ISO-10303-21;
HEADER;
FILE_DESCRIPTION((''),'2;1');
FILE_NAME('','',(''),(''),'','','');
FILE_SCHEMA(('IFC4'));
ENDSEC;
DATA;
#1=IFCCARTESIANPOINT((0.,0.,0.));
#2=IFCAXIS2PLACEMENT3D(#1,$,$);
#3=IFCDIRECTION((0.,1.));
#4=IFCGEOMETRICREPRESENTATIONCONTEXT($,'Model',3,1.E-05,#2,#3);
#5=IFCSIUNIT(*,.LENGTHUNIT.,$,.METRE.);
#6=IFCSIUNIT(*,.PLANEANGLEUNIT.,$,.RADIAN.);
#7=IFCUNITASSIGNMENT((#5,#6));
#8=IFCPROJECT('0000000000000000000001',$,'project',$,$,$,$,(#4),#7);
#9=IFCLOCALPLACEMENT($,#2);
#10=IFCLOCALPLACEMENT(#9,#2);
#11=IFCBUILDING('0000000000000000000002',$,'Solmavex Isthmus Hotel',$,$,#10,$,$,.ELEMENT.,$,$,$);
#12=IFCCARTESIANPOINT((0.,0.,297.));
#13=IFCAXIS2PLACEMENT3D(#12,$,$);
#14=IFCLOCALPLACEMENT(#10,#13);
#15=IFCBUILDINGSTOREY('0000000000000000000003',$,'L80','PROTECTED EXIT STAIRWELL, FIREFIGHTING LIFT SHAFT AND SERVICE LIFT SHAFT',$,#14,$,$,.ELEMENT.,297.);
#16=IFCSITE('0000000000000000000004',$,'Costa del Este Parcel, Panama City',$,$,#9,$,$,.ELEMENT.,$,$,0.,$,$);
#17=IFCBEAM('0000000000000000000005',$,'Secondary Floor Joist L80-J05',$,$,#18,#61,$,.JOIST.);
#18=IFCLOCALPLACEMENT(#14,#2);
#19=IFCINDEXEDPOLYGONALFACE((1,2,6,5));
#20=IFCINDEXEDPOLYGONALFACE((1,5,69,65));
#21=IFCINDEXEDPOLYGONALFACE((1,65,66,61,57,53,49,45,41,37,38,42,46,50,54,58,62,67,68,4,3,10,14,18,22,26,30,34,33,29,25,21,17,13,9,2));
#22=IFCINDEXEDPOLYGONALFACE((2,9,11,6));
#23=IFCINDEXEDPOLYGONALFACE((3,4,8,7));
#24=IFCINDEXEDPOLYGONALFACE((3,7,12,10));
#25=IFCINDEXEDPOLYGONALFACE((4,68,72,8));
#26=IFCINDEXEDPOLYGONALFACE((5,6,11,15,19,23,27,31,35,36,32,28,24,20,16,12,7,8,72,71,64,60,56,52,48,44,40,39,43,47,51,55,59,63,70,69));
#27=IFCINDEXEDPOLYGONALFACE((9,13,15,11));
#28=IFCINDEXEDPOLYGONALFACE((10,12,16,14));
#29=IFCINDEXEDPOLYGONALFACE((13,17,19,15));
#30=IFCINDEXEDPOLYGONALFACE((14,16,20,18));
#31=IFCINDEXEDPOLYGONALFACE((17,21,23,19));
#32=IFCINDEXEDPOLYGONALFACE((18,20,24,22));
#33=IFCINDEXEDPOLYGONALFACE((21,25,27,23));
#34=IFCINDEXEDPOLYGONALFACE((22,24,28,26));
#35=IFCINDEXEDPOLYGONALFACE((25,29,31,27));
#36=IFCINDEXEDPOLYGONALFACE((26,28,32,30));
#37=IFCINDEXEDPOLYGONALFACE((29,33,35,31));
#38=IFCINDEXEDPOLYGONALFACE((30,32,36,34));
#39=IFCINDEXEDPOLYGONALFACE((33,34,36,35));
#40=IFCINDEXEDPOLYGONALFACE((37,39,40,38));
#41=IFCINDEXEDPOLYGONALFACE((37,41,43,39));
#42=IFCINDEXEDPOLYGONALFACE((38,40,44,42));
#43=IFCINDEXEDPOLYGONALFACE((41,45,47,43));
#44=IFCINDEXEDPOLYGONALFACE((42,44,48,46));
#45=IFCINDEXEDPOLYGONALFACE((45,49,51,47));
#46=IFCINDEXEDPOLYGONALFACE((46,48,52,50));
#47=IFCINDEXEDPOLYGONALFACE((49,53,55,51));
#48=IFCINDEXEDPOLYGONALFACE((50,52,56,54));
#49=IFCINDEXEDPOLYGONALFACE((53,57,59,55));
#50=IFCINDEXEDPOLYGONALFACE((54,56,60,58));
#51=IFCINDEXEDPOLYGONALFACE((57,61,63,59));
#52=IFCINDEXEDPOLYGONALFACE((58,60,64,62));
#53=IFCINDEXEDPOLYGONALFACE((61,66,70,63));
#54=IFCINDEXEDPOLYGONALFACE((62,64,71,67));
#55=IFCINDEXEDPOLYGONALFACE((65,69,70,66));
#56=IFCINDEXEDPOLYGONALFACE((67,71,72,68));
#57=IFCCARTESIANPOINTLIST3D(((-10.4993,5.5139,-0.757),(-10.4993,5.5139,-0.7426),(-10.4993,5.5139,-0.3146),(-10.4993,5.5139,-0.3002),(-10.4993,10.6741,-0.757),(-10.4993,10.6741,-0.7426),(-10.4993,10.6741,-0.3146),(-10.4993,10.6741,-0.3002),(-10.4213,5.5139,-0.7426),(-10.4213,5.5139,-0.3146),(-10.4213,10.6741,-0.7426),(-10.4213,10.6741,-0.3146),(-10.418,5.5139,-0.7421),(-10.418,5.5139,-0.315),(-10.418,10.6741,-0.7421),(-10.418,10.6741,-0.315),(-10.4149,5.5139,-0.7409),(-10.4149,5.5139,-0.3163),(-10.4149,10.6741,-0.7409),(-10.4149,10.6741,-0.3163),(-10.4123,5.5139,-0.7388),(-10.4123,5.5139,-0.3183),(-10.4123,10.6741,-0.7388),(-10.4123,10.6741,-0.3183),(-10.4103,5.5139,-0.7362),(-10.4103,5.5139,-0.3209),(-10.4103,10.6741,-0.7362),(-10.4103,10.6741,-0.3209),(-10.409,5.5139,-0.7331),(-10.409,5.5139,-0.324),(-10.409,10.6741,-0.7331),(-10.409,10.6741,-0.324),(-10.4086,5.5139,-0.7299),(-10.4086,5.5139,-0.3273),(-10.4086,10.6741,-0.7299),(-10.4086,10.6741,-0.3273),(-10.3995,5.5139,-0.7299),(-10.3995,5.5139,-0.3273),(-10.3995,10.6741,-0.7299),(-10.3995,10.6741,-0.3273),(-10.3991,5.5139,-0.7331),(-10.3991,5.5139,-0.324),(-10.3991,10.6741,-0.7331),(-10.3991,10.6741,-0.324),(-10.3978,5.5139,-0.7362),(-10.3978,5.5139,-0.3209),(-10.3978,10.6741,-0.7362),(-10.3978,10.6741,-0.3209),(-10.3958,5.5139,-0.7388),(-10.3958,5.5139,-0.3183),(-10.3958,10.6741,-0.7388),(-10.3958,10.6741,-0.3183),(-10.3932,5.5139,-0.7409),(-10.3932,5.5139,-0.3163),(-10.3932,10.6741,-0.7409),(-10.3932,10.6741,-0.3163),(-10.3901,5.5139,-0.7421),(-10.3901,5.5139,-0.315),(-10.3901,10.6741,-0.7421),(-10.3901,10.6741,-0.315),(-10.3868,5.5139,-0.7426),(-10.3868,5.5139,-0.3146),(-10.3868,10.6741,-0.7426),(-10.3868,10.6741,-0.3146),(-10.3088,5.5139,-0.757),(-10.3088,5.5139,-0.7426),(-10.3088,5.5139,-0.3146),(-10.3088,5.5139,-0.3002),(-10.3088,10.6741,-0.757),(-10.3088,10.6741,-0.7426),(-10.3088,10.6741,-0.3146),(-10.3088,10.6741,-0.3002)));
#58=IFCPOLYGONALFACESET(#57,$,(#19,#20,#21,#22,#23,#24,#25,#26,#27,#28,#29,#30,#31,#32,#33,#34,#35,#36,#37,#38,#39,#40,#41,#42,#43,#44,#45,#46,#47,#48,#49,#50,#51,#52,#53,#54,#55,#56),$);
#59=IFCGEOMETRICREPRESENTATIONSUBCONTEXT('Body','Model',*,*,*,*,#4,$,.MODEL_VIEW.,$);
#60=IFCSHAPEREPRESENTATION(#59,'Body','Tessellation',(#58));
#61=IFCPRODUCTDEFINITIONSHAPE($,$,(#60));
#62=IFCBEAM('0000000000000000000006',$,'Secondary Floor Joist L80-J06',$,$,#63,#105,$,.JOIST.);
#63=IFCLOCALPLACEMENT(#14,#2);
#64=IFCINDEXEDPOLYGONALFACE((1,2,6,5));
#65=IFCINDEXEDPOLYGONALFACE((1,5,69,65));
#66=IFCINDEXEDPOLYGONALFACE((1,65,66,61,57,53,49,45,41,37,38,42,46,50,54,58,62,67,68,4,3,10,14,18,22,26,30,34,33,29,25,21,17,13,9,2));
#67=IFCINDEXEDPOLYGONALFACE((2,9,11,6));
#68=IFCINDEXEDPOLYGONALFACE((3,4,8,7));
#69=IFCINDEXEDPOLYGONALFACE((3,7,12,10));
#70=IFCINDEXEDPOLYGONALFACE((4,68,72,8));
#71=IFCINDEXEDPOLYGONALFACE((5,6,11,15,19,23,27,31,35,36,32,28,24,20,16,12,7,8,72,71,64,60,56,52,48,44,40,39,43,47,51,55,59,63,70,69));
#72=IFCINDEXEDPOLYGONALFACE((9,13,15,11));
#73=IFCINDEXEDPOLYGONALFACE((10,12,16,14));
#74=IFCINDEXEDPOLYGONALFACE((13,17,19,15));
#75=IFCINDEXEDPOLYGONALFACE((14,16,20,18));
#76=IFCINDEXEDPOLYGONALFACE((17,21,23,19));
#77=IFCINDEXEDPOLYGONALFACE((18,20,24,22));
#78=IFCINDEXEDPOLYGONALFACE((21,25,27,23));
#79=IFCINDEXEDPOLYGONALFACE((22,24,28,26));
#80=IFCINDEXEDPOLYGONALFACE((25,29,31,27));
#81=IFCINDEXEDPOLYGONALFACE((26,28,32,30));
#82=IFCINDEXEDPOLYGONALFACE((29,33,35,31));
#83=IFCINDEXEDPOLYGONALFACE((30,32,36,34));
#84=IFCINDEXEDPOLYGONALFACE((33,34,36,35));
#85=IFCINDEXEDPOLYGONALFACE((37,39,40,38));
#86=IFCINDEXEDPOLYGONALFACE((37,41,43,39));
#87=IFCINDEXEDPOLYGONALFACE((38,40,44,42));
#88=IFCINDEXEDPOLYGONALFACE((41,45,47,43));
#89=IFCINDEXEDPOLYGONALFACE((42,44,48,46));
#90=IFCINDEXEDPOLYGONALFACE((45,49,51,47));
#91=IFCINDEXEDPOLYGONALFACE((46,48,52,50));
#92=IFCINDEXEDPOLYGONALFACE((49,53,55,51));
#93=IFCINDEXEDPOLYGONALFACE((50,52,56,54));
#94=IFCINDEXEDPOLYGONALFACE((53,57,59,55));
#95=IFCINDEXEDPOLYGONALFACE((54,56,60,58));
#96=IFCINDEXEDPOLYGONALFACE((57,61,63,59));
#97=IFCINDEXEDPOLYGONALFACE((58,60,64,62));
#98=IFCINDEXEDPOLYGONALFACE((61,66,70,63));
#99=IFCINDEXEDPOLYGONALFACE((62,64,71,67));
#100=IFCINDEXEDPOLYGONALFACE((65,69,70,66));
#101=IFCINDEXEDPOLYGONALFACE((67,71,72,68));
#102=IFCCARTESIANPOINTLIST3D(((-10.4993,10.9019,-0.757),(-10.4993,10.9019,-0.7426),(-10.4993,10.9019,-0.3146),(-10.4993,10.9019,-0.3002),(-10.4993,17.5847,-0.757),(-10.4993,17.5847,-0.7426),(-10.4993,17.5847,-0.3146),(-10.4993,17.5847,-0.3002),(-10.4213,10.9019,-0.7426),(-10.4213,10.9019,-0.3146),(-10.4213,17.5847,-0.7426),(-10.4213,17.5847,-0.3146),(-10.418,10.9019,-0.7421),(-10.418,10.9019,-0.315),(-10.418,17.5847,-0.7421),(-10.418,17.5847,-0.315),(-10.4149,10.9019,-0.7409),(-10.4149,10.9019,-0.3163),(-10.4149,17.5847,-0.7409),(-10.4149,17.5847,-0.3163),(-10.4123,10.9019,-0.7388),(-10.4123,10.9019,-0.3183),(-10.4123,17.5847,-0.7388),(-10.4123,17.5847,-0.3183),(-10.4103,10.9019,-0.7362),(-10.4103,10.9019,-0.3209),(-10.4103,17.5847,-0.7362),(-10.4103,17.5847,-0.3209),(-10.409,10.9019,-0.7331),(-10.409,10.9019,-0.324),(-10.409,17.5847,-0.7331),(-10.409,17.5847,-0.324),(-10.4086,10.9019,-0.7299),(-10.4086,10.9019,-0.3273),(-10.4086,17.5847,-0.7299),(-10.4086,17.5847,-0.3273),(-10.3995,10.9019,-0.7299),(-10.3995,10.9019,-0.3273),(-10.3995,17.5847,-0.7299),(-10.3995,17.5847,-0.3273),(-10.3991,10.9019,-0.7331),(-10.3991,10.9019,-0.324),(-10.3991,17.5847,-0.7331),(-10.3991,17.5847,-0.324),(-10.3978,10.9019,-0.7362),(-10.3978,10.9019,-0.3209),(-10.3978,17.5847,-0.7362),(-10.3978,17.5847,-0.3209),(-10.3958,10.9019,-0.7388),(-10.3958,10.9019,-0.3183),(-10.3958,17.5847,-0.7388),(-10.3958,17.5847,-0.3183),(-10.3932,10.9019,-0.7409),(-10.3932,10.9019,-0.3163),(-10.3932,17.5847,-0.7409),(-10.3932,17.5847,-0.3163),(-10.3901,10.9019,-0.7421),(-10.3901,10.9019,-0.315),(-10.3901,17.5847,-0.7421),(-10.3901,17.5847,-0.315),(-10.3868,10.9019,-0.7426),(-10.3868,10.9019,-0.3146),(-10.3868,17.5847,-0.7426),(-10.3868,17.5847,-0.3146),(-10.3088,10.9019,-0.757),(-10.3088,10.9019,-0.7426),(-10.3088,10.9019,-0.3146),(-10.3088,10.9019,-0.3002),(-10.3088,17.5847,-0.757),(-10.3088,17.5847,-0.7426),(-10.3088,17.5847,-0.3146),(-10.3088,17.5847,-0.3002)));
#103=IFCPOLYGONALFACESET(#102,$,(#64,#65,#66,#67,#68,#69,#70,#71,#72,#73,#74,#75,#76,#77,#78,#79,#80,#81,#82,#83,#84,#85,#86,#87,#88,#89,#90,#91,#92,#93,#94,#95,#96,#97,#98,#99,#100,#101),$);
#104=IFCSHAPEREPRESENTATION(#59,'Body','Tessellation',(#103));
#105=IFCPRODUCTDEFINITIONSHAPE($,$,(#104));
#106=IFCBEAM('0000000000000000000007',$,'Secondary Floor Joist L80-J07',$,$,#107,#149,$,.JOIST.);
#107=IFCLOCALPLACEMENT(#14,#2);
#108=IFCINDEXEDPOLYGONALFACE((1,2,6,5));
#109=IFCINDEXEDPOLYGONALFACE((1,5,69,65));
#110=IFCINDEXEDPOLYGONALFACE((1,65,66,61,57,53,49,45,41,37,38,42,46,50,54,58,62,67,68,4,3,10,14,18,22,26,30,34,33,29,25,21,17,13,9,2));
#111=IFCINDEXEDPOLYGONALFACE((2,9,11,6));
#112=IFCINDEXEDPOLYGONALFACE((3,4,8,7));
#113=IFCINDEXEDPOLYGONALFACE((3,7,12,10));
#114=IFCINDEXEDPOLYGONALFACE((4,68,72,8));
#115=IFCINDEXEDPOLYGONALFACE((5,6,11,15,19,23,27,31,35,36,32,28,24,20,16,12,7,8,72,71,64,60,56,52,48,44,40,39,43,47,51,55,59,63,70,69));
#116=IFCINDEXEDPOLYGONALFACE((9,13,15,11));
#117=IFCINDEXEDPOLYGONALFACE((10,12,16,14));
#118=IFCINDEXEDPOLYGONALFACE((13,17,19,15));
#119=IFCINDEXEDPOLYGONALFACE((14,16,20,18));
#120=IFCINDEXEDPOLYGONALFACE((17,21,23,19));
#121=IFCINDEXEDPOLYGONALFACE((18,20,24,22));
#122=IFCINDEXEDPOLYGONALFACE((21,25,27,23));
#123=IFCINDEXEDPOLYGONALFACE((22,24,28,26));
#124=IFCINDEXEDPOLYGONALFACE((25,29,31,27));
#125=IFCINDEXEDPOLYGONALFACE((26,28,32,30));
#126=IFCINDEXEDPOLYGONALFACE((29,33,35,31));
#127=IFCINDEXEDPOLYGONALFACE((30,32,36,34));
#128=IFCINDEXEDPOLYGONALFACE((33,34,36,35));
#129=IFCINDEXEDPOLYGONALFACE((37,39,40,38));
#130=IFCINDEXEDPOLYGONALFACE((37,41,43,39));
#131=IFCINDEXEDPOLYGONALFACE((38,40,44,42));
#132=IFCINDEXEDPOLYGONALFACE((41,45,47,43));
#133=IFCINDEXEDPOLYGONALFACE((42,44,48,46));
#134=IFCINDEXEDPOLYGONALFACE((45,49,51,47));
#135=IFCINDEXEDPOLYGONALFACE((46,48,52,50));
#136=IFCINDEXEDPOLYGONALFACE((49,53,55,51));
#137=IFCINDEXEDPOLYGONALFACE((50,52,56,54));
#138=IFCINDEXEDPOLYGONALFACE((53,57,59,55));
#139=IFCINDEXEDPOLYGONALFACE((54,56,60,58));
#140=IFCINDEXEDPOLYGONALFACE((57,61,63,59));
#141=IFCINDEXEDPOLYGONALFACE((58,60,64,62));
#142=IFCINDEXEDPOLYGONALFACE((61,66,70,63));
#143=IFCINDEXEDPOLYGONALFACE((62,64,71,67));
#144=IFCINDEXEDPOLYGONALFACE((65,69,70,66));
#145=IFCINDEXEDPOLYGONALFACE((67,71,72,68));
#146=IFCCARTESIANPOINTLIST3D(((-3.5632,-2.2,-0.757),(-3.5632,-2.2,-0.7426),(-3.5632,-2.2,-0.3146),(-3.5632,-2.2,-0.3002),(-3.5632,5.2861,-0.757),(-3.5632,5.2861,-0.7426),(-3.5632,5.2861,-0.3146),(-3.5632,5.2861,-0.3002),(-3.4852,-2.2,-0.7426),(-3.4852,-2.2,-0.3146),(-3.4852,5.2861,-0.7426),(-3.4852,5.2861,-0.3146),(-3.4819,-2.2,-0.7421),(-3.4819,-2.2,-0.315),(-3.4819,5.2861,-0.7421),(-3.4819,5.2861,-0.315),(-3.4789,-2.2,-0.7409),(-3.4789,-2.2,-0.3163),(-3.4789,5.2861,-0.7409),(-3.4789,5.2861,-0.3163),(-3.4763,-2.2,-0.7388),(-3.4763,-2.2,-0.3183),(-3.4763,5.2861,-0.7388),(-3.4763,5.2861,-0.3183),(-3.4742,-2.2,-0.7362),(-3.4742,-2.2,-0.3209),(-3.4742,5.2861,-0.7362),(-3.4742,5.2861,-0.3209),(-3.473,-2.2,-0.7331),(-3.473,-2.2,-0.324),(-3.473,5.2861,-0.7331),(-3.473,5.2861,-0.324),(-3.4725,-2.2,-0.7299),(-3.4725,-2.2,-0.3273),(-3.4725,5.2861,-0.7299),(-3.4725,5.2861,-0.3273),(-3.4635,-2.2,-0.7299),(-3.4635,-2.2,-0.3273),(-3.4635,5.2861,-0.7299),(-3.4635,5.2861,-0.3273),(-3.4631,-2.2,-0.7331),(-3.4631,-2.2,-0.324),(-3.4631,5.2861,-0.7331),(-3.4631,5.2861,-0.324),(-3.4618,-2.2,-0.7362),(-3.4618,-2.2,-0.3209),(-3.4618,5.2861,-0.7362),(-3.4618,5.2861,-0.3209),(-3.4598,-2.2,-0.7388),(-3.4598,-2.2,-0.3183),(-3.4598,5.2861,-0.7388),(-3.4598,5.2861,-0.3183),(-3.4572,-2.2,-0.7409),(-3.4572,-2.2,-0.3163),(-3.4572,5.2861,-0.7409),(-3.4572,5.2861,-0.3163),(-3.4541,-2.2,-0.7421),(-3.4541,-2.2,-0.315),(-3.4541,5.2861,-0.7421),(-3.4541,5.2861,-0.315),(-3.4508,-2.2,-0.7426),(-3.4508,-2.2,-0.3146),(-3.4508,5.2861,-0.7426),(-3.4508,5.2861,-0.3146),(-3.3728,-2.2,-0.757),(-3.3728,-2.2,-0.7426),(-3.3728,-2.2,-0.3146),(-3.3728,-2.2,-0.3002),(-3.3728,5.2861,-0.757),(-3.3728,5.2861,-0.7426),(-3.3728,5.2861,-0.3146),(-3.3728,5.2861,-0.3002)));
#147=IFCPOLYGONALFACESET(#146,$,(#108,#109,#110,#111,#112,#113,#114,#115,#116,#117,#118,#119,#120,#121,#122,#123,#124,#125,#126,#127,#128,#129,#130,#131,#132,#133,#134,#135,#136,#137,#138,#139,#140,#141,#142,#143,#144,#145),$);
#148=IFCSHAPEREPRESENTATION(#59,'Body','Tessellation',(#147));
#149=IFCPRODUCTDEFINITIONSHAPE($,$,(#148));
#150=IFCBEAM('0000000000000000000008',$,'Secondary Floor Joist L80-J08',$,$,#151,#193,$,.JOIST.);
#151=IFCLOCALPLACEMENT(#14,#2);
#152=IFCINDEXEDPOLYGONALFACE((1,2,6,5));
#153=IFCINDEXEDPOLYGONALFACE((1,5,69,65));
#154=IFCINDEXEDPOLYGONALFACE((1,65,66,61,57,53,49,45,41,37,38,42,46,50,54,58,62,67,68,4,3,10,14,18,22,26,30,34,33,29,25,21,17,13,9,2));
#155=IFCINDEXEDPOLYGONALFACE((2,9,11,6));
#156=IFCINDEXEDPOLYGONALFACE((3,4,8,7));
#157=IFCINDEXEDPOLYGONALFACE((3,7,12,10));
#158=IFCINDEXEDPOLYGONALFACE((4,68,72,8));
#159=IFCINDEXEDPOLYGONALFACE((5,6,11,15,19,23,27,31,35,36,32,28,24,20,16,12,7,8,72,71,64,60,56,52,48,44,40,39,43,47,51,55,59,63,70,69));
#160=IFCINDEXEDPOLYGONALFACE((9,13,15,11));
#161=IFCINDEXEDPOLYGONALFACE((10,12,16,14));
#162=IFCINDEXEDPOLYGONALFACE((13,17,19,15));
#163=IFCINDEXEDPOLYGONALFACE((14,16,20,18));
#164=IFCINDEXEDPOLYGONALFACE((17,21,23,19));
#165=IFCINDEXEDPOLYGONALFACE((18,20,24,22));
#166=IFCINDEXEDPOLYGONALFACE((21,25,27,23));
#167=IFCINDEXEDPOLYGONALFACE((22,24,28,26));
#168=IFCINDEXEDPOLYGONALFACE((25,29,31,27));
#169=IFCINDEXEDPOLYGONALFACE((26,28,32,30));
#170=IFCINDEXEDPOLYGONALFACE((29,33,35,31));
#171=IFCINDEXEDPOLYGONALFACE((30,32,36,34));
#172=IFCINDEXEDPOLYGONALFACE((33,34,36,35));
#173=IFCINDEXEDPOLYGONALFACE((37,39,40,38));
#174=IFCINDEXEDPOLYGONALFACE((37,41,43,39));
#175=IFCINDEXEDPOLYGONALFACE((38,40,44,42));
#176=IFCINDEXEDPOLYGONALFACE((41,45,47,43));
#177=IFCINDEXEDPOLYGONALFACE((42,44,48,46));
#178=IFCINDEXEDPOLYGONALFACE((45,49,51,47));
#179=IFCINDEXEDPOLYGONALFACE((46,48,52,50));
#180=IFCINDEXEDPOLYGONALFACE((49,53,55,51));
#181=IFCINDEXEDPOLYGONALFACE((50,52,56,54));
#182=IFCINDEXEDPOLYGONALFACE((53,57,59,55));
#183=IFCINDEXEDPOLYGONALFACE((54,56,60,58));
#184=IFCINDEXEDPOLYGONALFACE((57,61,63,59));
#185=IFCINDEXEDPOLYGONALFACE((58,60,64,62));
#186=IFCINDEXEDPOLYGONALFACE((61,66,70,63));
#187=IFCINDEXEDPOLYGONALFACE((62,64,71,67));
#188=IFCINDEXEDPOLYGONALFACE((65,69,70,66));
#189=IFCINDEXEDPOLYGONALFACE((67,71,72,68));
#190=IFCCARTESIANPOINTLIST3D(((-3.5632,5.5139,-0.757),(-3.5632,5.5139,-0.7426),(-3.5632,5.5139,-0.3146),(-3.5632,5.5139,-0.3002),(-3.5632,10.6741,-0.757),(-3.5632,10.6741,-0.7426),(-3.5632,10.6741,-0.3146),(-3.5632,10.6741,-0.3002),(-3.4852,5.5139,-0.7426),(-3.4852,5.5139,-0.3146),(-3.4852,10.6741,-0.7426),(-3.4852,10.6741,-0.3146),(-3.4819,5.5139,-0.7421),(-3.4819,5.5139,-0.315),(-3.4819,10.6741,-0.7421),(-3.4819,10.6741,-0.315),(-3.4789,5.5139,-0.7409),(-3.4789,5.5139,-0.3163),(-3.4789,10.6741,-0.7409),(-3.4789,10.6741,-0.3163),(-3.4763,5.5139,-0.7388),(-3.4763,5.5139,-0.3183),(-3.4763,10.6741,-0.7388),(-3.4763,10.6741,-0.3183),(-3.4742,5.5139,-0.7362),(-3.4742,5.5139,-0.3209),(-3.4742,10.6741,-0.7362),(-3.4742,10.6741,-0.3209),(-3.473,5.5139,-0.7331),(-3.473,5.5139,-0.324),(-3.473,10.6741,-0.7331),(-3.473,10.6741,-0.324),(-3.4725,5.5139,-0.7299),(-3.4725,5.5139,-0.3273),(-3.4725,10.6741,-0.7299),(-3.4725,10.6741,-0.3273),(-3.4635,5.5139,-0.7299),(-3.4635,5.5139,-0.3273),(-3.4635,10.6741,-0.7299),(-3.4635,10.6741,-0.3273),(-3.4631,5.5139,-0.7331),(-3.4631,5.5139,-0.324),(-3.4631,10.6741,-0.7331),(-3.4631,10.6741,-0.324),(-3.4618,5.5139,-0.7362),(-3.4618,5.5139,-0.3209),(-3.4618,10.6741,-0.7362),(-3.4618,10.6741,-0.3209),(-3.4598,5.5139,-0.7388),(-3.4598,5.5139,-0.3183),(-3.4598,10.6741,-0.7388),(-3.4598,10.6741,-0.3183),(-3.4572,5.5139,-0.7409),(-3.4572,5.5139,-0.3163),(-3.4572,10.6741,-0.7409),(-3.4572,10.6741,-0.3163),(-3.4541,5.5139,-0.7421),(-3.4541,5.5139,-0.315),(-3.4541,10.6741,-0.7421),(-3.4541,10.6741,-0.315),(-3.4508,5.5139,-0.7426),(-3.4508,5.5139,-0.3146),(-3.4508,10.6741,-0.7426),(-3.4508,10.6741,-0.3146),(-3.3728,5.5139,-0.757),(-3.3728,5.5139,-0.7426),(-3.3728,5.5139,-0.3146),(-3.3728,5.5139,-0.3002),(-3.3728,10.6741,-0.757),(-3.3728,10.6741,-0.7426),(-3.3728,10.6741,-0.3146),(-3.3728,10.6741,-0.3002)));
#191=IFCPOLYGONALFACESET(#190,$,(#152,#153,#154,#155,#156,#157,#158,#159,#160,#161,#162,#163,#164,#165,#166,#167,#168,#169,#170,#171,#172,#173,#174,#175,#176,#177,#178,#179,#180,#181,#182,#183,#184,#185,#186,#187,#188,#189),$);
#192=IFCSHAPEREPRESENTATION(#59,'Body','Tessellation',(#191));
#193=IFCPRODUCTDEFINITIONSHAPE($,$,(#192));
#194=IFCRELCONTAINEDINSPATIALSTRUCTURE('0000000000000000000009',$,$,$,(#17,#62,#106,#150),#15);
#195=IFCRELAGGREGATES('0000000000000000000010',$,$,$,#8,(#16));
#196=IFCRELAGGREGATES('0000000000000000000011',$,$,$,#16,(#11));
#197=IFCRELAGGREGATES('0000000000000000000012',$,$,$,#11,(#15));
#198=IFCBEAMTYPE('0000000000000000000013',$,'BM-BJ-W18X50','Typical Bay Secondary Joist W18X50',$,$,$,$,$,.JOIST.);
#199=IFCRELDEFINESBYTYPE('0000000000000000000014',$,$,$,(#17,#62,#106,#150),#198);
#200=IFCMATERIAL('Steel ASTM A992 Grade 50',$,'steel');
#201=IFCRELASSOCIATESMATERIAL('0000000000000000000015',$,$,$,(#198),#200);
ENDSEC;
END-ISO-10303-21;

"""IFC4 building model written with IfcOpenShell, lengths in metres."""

from ifc_helpers import new_model, si_unit, direction, frame, origin, origin_2d, place, context, subcontext, project, spatial, i_section, extrude, material, material_profile, profile_set, type_object, element, save


model = new_model("IFC4")

# Units and contexts
model_context = context("Model", 3, precision=1e-05, world=origin(), true_north=direction((0.0, 1.0)))
body_context = subcontext(model_context, "Body", "Model", "MODEL_VIEW")
ifc_project = project(units=[si_unit("LENGTHUNIT", "METRE"), si_unit("PLANEANGLEUNIT", "RADIAN")], contexts=[model_context])

# Site, building, storey
site_placement = place(None, origin())
site = spatial("IfcSite", under=ifc_project, at=site_placement, Name="Costa del Este Parcel, Panama City", CompositionType="ELEMENT", RefElevation=0.0)
building_placement = place(site_placement, origin())
building = spatial("IfcBuilding", under=site, at=building_placement, Name="Solmavex Isthmus Hotel", CompositionType="ELEMENT")
storey_placement = place(building_placement, frame((0.0, 0.0, 297.0)))
storey = spatial("IfcBuildingStorey", under=building, at=storey_placement, Name="L80", Description="PROTECTED EXIT STAIRWELL, FIREFIGHTING LIFT SHAFT AND SERVICE LIFT SHAFT", CompositionType="ELEMENT", Elevation=297.0)

# Beams
ifc_material_1 = material(Name="Steel ASTM A992 Grade 50", Category="steel")
ifc_material_profile_1 = material_profile(ifc_material_1, i_section(OverallWidth=0.1904, OverallDepth=0.4568, WebThickness=0.009, FlangeThickness=0.0144, FilletRadius=0.0127, at=origin_2d()), Name="W18X50")
ifc_profile_set_1 = profile_set([ifc_material_profile_1], Name="Steel ASTM A992 Grade 50")
beam_type_1 = type_object("IfcBeamType", Name="BM-BJ-W18X50", Description="Typical Bay Secondary Joist W18X50", PredefinedType="JOIST", material=ifc_profile_set_1)
beam_1_placement = place(storey_placement, frame((-10.4041, 5.5139, -0.5286), z_axis=(0.0, 1.0, 0.0), x_axis=(-1.0, 0.0, 0.0)))
element("IfcBeam", 1, at=beam_1_placement, inside=storey, type_object=beam_type_1, Name="Secondary Floor Joist L80-J05", PredefinedType="JOIST", context=body_context, shape_type="SweptSolid", body=[
    extrude(i_section(OverallWidth=0.1904, OverallDepth=0.4568, WebThickness=0.009, FlangeThickness=0.0144, FilletRadius=0.0127, at=origin_2d()), origin(), (0.0, 0.0, 1.0), 5.1602),
])
beam_2_placement = place(storey_placement, frame((-10.4041, 10.9019, -0.5286), z_axis=(0.0, 1.0, 0.0), x_axis=(-1.0, 0.0, 0.0)))
element("IfcBeam", 2, at=beam_2_placement, inside=storey, type_object=beam_type_1, Name="Secondary Floor Joist L80-J06", PredefinedType="JOIST", context=body_context, shape_type="SweptSolid", body=[
    extrude(i_section(OverallWidth=0.1904, OverallDepth=0.4568, WebThickness=0.009, FlangeThickness=0.0144, FilletRadius=0.0127, at=origin_2d()), origin(), (0.0, 0.0, 1.0), 6.6829),
])
beam_3_placement = place(storey_placement, frame((-3.468, -2.2, -0.5286), z_axis=(0.0, 1.0, 0.0), x_axis=(-1.0, 0.0, 0.0)))
element("IfcBeam", 3, at=beam_3_placement, inside=storey, type_object=beam_type_1, Name="Secondary Floor Joist L80-J07", PredefinedType="JOIST", context=body_context, shape_type="SweptSolid", body=[
    extrude(i_section(OverallWidth=0.1904, OverallDepth=0.4568, WebThickness=0.009, FlangeThickness=0.0144, FilletRadius=0.0127, at=origin_2d()), origin(), (0.0, 0.0, 1.0), 7.4861),
])
beam_4_placement = place(storey_placement, frame((-3.468, 5.5139, -0.5286), z_axis=(0.0, 1.0, 0.0), x_axis=(-1.0, 0.0, 0.0)))
element("IfcBeam", 4, at=beam_4_placement, inside=storey, type_object=beam_type_1, Name="Secondary Floor Joist L80-J08", PredefinedType="JOIST", context=body_context, shape_type="SweptSolid", body=[
    extrude(i_section(OverallWidth=0.1904, OverallDepth=0.4568, WebThickness=0.009, FlangeThickness=0.0144, FilletRadius=0.0127, at=origin_2d()), origin(), (0.0, 0.0, 1.0), 5.1602),
])

save(model, "model.ifc")
